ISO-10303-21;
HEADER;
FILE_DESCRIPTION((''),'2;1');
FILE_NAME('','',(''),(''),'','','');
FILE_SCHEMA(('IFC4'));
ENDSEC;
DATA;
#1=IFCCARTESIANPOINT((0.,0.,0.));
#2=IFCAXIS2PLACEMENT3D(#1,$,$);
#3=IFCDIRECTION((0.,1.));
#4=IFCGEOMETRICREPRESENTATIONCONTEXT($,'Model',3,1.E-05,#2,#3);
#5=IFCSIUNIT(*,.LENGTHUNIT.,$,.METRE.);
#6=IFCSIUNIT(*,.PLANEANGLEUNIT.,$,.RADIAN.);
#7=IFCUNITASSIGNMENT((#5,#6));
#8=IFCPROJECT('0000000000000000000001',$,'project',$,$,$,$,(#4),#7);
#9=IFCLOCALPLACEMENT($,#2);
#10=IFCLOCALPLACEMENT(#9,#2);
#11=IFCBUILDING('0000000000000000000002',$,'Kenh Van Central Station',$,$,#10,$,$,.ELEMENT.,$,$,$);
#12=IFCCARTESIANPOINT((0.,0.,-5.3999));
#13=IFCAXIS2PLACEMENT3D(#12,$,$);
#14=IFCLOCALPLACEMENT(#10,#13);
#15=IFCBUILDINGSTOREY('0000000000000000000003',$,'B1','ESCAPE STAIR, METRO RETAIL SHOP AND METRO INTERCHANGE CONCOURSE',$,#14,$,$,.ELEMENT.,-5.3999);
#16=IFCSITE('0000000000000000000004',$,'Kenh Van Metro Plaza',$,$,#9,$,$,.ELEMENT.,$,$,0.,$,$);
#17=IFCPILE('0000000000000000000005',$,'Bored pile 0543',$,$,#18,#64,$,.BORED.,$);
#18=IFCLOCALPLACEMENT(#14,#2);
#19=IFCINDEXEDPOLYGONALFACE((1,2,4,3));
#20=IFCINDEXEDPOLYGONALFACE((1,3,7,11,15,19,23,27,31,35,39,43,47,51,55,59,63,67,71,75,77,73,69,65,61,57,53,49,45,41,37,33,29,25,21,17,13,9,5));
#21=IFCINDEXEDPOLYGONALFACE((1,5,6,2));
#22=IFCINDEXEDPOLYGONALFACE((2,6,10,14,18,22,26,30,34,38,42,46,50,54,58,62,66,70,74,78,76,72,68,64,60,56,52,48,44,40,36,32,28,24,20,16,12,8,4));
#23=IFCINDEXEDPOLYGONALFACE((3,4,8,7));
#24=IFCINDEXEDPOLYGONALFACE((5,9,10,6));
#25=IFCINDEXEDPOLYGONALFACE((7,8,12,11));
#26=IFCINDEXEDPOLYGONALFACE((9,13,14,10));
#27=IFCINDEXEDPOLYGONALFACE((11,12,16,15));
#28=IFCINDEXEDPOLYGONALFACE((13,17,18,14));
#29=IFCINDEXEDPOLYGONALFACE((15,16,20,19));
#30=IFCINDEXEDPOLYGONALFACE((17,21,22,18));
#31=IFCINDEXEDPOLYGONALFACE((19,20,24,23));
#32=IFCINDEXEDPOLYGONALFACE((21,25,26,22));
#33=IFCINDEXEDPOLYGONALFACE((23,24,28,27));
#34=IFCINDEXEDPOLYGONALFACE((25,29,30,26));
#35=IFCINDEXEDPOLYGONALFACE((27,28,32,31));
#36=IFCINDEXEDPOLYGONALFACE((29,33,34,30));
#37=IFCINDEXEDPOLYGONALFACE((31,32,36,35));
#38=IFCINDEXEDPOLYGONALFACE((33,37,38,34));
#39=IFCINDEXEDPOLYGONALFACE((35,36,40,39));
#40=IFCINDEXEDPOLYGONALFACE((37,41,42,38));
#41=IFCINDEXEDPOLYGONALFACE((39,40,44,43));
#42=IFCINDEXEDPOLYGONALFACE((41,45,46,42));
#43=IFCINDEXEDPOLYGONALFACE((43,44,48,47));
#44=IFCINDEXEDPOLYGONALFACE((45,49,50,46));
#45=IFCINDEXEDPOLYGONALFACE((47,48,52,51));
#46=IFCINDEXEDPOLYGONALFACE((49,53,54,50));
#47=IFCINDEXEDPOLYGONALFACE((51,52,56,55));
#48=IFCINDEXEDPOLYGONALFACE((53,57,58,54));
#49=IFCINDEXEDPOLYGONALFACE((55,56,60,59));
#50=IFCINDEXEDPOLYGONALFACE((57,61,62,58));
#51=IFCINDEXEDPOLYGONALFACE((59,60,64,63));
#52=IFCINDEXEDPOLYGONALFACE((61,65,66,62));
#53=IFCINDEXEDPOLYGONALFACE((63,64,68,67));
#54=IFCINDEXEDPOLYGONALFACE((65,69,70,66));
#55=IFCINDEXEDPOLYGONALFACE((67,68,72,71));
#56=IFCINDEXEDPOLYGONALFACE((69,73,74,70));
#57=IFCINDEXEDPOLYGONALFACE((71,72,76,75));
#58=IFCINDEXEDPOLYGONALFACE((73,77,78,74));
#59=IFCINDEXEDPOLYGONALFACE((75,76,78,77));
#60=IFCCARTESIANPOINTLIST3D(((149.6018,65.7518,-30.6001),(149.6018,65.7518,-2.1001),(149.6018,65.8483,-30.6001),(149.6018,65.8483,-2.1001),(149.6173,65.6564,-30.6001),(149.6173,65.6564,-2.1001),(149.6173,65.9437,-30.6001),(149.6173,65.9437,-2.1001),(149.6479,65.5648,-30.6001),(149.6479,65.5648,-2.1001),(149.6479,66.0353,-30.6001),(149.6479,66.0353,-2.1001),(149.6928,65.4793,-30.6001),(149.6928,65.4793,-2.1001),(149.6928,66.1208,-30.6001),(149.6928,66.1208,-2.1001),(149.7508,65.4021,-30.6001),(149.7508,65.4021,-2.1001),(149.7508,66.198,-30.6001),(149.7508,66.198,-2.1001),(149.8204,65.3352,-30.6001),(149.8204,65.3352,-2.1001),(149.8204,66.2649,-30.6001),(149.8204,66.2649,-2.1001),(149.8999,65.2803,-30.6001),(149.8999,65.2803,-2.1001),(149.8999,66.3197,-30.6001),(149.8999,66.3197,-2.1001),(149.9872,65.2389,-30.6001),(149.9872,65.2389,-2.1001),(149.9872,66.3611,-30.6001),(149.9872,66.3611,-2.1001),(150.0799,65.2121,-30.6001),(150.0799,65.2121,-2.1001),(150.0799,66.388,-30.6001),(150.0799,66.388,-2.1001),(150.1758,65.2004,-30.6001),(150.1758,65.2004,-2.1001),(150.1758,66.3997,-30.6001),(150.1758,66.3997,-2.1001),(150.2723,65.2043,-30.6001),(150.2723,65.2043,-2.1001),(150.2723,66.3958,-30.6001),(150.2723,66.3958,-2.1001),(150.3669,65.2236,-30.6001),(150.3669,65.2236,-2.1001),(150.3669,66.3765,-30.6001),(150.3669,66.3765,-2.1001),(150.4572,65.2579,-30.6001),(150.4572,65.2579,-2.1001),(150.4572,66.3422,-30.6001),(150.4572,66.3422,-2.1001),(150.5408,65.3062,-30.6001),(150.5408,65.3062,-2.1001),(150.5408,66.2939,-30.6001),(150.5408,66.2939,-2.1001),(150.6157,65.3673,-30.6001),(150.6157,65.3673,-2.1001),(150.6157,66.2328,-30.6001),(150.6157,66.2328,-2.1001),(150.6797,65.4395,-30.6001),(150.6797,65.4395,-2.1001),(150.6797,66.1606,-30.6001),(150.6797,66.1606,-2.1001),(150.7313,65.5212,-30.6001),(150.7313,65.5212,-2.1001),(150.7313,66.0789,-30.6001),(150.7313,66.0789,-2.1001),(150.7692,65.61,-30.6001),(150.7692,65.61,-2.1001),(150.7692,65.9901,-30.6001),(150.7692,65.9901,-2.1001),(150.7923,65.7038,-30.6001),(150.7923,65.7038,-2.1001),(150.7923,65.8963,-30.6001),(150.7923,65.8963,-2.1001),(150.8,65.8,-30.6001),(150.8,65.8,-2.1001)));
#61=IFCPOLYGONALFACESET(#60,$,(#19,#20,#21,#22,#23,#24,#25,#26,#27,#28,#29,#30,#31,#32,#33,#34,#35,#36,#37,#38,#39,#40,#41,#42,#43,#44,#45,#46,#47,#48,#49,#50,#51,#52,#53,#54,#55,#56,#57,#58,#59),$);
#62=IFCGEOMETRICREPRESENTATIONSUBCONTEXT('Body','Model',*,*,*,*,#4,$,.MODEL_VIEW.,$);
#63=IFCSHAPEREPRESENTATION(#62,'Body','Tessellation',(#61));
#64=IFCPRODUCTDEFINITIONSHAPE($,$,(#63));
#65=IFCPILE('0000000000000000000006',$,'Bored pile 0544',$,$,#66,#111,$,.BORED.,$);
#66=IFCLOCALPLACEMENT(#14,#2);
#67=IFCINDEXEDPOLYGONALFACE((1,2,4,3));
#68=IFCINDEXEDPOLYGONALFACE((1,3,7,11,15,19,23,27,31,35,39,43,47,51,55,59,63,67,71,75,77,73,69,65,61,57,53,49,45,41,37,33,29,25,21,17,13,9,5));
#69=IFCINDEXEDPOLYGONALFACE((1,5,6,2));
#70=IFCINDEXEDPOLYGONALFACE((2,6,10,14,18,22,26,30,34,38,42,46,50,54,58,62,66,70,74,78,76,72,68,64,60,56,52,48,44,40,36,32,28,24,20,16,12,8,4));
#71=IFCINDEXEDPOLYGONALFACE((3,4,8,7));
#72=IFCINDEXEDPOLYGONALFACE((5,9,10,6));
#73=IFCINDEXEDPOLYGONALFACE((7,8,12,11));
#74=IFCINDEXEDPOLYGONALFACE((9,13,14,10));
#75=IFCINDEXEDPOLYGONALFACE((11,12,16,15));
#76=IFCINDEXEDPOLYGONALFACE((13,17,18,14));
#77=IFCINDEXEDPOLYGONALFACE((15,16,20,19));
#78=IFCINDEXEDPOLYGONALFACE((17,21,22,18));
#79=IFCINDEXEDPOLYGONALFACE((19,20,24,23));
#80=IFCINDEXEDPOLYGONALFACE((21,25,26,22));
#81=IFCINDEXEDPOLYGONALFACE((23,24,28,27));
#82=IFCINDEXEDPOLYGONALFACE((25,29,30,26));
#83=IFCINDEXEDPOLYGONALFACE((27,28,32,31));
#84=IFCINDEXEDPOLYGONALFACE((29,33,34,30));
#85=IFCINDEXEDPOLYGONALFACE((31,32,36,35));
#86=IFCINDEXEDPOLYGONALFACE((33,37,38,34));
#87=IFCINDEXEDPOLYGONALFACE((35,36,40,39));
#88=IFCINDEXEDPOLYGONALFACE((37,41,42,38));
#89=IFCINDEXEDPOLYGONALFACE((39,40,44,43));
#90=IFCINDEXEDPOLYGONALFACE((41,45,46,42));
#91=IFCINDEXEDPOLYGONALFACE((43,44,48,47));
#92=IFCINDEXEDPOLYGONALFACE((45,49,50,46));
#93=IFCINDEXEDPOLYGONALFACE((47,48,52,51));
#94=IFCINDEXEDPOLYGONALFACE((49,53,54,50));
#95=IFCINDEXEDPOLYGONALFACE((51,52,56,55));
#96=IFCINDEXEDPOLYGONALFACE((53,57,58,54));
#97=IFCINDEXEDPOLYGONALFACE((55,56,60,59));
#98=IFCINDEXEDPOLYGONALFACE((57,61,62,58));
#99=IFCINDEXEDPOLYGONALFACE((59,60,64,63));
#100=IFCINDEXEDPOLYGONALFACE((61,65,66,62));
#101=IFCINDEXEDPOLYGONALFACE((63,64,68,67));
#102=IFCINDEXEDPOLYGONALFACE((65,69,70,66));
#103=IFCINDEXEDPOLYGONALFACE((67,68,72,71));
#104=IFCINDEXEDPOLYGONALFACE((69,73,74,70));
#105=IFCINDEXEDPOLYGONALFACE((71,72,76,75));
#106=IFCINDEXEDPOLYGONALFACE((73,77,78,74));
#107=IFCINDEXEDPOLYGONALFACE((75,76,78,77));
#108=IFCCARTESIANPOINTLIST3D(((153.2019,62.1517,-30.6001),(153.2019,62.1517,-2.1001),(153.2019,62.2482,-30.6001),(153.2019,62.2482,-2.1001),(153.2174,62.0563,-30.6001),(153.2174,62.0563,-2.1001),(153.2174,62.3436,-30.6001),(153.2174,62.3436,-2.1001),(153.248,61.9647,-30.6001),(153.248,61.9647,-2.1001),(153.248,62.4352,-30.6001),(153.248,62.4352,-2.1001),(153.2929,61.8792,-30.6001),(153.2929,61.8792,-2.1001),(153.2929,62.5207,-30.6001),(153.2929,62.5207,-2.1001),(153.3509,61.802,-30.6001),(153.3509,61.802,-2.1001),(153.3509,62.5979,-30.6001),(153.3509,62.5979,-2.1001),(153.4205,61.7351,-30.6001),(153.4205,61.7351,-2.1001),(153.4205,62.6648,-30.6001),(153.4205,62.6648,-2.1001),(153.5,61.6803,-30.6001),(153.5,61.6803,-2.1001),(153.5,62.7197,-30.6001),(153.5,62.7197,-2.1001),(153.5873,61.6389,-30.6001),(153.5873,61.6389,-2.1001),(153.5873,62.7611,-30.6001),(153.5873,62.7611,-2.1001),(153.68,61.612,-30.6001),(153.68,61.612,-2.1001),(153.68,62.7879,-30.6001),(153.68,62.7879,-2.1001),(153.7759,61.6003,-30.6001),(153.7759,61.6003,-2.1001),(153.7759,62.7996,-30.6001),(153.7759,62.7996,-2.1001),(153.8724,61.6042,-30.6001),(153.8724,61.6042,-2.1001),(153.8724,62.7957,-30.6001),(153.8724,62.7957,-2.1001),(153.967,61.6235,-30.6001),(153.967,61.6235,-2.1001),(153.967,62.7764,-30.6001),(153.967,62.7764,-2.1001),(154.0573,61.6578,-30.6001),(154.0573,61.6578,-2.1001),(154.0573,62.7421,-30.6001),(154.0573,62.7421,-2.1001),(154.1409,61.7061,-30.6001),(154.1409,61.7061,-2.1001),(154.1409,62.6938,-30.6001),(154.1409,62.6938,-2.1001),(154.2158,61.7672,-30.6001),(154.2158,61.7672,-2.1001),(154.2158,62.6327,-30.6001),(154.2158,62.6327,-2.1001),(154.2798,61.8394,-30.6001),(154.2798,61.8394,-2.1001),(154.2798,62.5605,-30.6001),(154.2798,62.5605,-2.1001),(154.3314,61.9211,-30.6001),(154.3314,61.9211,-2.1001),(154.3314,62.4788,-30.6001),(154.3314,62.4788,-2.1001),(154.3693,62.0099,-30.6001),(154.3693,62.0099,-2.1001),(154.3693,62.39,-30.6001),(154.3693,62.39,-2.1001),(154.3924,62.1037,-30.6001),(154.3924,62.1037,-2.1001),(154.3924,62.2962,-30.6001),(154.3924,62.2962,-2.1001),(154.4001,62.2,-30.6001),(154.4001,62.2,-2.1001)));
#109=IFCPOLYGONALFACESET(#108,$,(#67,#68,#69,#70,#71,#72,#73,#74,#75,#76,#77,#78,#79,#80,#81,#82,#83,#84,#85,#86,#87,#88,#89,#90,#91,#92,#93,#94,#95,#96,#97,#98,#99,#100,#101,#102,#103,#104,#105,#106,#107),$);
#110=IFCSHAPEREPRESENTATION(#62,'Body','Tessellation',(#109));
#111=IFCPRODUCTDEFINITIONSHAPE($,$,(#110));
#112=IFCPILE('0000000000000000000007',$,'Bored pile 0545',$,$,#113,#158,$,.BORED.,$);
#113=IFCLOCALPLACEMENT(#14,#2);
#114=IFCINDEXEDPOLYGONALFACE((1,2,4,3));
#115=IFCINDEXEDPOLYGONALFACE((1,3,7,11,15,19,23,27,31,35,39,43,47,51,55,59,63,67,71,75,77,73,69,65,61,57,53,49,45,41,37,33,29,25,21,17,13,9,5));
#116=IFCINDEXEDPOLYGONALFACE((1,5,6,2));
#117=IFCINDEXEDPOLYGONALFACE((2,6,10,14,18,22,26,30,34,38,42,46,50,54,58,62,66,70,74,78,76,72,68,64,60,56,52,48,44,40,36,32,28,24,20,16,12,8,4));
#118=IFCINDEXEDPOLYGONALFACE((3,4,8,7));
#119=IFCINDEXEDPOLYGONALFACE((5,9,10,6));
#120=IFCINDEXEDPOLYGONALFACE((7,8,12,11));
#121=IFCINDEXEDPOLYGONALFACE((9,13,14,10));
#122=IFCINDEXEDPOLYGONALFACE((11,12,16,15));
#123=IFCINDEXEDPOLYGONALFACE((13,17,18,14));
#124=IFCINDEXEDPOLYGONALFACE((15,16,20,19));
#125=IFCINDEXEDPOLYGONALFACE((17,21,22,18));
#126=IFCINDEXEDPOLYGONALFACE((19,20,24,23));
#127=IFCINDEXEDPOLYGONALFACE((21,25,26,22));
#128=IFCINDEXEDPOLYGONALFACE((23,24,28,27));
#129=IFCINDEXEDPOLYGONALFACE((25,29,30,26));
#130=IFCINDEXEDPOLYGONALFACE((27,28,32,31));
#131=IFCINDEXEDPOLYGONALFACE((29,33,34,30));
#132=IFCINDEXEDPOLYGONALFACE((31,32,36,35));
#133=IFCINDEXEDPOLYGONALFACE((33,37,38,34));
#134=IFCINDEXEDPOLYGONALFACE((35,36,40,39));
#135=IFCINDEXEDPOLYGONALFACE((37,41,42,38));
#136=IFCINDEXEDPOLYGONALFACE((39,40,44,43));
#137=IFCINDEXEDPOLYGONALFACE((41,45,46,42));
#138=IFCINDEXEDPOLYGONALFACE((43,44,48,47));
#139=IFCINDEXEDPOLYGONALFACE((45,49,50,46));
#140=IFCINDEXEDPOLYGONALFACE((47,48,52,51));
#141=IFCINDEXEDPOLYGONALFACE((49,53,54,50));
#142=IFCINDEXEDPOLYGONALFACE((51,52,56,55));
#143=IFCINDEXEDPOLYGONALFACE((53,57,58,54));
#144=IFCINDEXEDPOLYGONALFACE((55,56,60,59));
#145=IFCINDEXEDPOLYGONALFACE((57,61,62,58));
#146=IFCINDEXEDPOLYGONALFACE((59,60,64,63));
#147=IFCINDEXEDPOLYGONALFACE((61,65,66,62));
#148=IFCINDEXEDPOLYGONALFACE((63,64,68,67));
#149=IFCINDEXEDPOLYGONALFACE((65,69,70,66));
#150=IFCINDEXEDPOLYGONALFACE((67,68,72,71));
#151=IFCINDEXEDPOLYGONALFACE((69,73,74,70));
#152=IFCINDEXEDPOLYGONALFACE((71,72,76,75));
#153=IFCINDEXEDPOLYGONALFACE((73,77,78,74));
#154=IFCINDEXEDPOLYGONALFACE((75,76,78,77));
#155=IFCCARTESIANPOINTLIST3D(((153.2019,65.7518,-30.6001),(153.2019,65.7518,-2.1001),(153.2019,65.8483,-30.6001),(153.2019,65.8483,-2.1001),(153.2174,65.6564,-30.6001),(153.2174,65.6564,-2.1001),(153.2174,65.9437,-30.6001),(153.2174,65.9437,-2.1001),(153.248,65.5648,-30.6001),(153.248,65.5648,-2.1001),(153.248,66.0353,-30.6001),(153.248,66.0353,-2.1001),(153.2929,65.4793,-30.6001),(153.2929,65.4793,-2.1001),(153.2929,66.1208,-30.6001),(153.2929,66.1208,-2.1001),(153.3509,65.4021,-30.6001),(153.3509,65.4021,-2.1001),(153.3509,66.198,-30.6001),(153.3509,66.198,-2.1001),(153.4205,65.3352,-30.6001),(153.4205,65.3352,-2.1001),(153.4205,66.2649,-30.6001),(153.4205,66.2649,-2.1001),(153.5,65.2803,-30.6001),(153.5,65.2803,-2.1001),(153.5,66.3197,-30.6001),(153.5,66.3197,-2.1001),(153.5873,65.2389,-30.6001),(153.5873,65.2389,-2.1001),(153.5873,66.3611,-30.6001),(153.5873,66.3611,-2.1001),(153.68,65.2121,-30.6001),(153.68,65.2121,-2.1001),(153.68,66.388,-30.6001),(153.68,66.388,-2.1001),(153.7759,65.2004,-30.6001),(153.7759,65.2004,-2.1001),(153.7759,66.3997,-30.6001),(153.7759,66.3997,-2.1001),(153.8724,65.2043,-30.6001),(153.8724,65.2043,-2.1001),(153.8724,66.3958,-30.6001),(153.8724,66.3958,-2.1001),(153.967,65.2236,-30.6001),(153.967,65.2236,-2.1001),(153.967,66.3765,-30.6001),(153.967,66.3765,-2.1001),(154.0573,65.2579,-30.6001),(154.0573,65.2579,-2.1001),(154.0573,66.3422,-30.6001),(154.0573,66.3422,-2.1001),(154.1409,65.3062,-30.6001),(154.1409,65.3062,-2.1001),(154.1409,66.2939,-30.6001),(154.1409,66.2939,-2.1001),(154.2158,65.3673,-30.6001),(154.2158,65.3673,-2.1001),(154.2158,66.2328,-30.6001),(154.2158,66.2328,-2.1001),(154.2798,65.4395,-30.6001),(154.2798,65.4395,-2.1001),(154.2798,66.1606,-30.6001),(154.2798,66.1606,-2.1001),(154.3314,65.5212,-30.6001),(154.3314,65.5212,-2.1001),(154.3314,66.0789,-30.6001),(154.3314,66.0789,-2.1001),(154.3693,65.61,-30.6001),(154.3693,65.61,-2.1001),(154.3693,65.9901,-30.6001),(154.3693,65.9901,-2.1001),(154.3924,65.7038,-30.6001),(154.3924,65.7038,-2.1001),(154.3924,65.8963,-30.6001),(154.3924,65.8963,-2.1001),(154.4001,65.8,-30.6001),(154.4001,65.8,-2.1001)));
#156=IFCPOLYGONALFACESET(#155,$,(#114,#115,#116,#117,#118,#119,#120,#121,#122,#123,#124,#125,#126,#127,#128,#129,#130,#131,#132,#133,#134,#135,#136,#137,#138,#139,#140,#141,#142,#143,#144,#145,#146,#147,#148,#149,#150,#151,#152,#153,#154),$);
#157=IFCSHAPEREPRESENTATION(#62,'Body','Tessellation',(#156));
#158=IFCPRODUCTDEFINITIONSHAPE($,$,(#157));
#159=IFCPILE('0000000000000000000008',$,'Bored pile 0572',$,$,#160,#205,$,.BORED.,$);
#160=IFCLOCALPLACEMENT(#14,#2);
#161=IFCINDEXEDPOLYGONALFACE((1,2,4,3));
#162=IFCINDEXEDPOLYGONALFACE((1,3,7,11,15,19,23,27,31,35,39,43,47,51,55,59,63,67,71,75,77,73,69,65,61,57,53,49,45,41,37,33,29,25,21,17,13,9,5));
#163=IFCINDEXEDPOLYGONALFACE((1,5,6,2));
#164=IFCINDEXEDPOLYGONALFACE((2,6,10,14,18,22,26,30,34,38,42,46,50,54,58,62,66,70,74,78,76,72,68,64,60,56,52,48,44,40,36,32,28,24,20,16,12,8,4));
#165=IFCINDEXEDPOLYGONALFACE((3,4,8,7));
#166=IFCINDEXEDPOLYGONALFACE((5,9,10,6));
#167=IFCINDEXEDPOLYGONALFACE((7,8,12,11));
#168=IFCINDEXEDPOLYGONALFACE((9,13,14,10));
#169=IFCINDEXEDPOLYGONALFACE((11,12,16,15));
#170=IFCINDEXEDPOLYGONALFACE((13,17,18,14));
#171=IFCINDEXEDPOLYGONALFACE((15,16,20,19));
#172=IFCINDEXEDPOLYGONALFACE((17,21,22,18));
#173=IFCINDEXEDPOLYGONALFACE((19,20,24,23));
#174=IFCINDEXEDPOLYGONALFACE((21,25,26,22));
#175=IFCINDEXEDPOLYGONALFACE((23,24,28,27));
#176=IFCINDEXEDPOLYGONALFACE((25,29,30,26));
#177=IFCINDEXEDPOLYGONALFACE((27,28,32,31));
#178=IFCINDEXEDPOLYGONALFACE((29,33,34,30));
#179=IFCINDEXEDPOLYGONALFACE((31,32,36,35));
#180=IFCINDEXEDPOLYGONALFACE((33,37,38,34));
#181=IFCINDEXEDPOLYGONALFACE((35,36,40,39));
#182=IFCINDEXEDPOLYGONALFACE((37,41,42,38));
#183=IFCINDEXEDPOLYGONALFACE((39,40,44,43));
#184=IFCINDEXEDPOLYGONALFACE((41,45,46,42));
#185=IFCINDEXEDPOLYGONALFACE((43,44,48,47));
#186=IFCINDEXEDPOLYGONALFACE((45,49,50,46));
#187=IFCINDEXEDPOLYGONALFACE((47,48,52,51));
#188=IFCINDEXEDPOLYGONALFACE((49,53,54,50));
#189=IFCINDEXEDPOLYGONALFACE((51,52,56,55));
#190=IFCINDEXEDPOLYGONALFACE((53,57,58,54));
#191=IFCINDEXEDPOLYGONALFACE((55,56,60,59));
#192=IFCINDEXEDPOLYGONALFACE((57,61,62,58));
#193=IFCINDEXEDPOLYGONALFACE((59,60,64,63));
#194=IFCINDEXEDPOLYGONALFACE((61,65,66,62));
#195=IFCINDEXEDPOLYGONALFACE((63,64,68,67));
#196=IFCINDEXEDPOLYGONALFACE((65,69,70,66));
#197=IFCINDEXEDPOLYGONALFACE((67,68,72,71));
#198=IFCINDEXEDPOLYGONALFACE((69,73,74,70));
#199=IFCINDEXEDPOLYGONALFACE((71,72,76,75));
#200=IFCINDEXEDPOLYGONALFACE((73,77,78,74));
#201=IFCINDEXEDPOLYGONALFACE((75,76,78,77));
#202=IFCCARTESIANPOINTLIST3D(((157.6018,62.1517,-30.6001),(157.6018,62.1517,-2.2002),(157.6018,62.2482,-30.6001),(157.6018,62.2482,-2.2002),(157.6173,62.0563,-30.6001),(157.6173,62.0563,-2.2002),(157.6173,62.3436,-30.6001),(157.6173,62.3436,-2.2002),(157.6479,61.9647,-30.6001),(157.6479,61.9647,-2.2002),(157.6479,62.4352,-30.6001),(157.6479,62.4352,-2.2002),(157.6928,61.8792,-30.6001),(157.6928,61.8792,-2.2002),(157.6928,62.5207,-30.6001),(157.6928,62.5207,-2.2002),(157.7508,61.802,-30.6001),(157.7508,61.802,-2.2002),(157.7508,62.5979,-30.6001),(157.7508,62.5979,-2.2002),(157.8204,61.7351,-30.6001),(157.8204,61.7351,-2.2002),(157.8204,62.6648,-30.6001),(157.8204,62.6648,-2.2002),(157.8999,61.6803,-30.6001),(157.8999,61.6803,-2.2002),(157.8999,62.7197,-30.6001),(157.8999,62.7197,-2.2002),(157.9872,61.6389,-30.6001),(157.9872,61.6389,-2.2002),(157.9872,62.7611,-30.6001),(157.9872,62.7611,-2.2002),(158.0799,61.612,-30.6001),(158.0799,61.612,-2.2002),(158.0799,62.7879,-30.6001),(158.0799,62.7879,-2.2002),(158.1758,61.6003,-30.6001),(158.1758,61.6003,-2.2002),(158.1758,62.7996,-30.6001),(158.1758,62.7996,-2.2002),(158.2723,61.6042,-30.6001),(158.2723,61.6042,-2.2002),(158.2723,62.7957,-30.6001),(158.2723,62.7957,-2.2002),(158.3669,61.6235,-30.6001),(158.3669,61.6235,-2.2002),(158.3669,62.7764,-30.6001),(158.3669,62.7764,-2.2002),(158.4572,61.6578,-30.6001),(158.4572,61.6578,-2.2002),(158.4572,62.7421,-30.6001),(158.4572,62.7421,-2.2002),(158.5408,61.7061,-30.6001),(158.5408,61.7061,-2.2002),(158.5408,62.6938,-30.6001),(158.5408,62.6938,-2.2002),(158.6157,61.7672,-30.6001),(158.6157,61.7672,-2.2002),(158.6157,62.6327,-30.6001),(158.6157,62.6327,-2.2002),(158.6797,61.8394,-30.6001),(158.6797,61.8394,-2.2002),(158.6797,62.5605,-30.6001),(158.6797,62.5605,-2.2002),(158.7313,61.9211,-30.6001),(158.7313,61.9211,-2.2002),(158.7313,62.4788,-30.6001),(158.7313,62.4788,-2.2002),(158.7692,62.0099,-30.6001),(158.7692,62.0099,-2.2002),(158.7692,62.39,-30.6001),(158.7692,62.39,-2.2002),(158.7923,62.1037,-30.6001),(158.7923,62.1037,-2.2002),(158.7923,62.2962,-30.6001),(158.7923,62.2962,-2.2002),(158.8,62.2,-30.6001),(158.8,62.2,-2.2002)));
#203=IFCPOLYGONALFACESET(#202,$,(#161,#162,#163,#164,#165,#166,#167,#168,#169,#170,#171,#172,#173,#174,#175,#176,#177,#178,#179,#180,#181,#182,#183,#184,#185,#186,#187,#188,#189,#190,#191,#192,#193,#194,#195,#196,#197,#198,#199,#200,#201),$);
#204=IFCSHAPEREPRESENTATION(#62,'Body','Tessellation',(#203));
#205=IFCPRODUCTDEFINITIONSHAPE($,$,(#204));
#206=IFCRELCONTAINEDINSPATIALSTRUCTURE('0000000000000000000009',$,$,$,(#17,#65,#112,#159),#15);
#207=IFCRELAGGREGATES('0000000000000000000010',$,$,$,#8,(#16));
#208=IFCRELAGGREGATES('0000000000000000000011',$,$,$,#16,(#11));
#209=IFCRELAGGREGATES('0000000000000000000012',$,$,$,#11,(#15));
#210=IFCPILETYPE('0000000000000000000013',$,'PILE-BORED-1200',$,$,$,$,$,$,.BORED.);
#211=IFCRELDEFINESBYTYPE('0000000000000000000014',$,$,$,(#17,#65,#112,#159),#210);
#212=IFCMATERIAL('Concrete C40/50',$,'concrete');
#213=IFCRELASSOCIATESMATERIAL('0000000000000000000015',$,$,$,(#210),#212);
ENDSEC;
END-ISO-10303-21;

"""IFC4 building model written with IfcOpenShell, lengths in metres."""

from ifc_helpers import new_model, si_unit, direction, frame, origin, origin_2d, place, context, subcontext, project, spatial, circle, extrude, material, material_profile, profile_set, type_object, element, save


model = new_model("IFC4")

# Units and contexts
model_context = context("Model", 3, precision=1e-05, world=origin(), true_north=direction((0.0, 1.0)))
body_context = subcontext(model_context, "Body", "Model", "MODEL_VIEW")
ifc_project = project(units=[si_unit("LENGTHUNIT", "METRE"), si_unit("PLANEANGLEUNIT", "RADIAN")], contexts=[model_context])

# Site, building, storey
site_placement = place(None, origin())
site = spatial("IfcSite", under=ifc_project, at=site_placement, Name="Kenh Van Metro Plaza", CompositionType="ELEMENT", RefElevation=0.0)
building_placement = place(site_placement, origin())
building = spatial("IfcBuilding", under=site, at=building_placement, Name="Kenh Van Central Station", CompositionType="ELEMENT")
storey_placement = place(building_placement, frame((0.0, 0.0, -5.3999)))
storey = spatial("IfcBuildingStorey", under=building, at=storey_placement, Name="B1", Description="ESCAPE STAIR, METRO RETAIL SHOP AND METRO INTERCHANGE CONCOURSE", CompositionType="ELEMENT", Elevation=-5.3999)

# Shared definitions
ifc_material = material(Name="Concrete C40/50", Category="concrete")

# Piles
ifc_material_profile_1 = material_profile(ifc_material, circle(Radius=0.6001, at=origin_2d()), Name="PILE D1200")
ifc_profile_set_1 = profile_set([ifc_material_profile_1], Name="Concrete C40/50")
pile_type_1 = type_object("IfcPileType", Name="PILE-BORED-1200", PredefinedType="BORED", material=ifc_profile_set_1)
for number, where, z_axis, x_axis, name in (
    (1, (150.2, 65.8, -2.1001), (0.0, 0.0, -1.0), (1.0, 0.0, 0.0), "Bored pile 0543"),
    (2, (153.8, 62.2, -2.1001), (0.0, 0.0, -1.0), (1.0, 0.0, 0.0), "Bored pile 0544"),
    (3, (153.8, 65.8, -2.1001), (0.0, 0.0, -1.0), (1.0, 0.0, 0.0), "Bored pile 0545"),
):
    element("IfcPile", number, at=place(storey_placement, frame(where, z_axis=z_axis, x_axis=x_axis)), inside=storey, type_object=pile_type_1, Name=name, PredefinedType="BORED", context=body_context, shape_type="SweptSolid", body=[
        extrude(circle(Radius=0.6001, at=origin_2d()), origin(), (0.0, 0.0, 1.0), 28.5),
    ])
for number, where, z_axis, x_axis, name in (
    (4, (158.2, 62.2, -2.2002), (0.0, 0.0, -1.0), (1.0, 0.0, 0.0), "Bored pile 0572"),
):
    element("IfcPile", number, at=place(storey_placement, frame(where, z_axis=z_axis, x_axis=x_axis)), inside=storey, type_object=pile_type_1, Name=name, PredefinedType="BORED", context=body_context, shape_type="SweptSolid", body=[
        extrude(circle(Radius=0.6001, at=origin_2d()), origin(), (0.0, 0.0, 1.0), 28.3999),
    ])

save(model, "model.ifc")
